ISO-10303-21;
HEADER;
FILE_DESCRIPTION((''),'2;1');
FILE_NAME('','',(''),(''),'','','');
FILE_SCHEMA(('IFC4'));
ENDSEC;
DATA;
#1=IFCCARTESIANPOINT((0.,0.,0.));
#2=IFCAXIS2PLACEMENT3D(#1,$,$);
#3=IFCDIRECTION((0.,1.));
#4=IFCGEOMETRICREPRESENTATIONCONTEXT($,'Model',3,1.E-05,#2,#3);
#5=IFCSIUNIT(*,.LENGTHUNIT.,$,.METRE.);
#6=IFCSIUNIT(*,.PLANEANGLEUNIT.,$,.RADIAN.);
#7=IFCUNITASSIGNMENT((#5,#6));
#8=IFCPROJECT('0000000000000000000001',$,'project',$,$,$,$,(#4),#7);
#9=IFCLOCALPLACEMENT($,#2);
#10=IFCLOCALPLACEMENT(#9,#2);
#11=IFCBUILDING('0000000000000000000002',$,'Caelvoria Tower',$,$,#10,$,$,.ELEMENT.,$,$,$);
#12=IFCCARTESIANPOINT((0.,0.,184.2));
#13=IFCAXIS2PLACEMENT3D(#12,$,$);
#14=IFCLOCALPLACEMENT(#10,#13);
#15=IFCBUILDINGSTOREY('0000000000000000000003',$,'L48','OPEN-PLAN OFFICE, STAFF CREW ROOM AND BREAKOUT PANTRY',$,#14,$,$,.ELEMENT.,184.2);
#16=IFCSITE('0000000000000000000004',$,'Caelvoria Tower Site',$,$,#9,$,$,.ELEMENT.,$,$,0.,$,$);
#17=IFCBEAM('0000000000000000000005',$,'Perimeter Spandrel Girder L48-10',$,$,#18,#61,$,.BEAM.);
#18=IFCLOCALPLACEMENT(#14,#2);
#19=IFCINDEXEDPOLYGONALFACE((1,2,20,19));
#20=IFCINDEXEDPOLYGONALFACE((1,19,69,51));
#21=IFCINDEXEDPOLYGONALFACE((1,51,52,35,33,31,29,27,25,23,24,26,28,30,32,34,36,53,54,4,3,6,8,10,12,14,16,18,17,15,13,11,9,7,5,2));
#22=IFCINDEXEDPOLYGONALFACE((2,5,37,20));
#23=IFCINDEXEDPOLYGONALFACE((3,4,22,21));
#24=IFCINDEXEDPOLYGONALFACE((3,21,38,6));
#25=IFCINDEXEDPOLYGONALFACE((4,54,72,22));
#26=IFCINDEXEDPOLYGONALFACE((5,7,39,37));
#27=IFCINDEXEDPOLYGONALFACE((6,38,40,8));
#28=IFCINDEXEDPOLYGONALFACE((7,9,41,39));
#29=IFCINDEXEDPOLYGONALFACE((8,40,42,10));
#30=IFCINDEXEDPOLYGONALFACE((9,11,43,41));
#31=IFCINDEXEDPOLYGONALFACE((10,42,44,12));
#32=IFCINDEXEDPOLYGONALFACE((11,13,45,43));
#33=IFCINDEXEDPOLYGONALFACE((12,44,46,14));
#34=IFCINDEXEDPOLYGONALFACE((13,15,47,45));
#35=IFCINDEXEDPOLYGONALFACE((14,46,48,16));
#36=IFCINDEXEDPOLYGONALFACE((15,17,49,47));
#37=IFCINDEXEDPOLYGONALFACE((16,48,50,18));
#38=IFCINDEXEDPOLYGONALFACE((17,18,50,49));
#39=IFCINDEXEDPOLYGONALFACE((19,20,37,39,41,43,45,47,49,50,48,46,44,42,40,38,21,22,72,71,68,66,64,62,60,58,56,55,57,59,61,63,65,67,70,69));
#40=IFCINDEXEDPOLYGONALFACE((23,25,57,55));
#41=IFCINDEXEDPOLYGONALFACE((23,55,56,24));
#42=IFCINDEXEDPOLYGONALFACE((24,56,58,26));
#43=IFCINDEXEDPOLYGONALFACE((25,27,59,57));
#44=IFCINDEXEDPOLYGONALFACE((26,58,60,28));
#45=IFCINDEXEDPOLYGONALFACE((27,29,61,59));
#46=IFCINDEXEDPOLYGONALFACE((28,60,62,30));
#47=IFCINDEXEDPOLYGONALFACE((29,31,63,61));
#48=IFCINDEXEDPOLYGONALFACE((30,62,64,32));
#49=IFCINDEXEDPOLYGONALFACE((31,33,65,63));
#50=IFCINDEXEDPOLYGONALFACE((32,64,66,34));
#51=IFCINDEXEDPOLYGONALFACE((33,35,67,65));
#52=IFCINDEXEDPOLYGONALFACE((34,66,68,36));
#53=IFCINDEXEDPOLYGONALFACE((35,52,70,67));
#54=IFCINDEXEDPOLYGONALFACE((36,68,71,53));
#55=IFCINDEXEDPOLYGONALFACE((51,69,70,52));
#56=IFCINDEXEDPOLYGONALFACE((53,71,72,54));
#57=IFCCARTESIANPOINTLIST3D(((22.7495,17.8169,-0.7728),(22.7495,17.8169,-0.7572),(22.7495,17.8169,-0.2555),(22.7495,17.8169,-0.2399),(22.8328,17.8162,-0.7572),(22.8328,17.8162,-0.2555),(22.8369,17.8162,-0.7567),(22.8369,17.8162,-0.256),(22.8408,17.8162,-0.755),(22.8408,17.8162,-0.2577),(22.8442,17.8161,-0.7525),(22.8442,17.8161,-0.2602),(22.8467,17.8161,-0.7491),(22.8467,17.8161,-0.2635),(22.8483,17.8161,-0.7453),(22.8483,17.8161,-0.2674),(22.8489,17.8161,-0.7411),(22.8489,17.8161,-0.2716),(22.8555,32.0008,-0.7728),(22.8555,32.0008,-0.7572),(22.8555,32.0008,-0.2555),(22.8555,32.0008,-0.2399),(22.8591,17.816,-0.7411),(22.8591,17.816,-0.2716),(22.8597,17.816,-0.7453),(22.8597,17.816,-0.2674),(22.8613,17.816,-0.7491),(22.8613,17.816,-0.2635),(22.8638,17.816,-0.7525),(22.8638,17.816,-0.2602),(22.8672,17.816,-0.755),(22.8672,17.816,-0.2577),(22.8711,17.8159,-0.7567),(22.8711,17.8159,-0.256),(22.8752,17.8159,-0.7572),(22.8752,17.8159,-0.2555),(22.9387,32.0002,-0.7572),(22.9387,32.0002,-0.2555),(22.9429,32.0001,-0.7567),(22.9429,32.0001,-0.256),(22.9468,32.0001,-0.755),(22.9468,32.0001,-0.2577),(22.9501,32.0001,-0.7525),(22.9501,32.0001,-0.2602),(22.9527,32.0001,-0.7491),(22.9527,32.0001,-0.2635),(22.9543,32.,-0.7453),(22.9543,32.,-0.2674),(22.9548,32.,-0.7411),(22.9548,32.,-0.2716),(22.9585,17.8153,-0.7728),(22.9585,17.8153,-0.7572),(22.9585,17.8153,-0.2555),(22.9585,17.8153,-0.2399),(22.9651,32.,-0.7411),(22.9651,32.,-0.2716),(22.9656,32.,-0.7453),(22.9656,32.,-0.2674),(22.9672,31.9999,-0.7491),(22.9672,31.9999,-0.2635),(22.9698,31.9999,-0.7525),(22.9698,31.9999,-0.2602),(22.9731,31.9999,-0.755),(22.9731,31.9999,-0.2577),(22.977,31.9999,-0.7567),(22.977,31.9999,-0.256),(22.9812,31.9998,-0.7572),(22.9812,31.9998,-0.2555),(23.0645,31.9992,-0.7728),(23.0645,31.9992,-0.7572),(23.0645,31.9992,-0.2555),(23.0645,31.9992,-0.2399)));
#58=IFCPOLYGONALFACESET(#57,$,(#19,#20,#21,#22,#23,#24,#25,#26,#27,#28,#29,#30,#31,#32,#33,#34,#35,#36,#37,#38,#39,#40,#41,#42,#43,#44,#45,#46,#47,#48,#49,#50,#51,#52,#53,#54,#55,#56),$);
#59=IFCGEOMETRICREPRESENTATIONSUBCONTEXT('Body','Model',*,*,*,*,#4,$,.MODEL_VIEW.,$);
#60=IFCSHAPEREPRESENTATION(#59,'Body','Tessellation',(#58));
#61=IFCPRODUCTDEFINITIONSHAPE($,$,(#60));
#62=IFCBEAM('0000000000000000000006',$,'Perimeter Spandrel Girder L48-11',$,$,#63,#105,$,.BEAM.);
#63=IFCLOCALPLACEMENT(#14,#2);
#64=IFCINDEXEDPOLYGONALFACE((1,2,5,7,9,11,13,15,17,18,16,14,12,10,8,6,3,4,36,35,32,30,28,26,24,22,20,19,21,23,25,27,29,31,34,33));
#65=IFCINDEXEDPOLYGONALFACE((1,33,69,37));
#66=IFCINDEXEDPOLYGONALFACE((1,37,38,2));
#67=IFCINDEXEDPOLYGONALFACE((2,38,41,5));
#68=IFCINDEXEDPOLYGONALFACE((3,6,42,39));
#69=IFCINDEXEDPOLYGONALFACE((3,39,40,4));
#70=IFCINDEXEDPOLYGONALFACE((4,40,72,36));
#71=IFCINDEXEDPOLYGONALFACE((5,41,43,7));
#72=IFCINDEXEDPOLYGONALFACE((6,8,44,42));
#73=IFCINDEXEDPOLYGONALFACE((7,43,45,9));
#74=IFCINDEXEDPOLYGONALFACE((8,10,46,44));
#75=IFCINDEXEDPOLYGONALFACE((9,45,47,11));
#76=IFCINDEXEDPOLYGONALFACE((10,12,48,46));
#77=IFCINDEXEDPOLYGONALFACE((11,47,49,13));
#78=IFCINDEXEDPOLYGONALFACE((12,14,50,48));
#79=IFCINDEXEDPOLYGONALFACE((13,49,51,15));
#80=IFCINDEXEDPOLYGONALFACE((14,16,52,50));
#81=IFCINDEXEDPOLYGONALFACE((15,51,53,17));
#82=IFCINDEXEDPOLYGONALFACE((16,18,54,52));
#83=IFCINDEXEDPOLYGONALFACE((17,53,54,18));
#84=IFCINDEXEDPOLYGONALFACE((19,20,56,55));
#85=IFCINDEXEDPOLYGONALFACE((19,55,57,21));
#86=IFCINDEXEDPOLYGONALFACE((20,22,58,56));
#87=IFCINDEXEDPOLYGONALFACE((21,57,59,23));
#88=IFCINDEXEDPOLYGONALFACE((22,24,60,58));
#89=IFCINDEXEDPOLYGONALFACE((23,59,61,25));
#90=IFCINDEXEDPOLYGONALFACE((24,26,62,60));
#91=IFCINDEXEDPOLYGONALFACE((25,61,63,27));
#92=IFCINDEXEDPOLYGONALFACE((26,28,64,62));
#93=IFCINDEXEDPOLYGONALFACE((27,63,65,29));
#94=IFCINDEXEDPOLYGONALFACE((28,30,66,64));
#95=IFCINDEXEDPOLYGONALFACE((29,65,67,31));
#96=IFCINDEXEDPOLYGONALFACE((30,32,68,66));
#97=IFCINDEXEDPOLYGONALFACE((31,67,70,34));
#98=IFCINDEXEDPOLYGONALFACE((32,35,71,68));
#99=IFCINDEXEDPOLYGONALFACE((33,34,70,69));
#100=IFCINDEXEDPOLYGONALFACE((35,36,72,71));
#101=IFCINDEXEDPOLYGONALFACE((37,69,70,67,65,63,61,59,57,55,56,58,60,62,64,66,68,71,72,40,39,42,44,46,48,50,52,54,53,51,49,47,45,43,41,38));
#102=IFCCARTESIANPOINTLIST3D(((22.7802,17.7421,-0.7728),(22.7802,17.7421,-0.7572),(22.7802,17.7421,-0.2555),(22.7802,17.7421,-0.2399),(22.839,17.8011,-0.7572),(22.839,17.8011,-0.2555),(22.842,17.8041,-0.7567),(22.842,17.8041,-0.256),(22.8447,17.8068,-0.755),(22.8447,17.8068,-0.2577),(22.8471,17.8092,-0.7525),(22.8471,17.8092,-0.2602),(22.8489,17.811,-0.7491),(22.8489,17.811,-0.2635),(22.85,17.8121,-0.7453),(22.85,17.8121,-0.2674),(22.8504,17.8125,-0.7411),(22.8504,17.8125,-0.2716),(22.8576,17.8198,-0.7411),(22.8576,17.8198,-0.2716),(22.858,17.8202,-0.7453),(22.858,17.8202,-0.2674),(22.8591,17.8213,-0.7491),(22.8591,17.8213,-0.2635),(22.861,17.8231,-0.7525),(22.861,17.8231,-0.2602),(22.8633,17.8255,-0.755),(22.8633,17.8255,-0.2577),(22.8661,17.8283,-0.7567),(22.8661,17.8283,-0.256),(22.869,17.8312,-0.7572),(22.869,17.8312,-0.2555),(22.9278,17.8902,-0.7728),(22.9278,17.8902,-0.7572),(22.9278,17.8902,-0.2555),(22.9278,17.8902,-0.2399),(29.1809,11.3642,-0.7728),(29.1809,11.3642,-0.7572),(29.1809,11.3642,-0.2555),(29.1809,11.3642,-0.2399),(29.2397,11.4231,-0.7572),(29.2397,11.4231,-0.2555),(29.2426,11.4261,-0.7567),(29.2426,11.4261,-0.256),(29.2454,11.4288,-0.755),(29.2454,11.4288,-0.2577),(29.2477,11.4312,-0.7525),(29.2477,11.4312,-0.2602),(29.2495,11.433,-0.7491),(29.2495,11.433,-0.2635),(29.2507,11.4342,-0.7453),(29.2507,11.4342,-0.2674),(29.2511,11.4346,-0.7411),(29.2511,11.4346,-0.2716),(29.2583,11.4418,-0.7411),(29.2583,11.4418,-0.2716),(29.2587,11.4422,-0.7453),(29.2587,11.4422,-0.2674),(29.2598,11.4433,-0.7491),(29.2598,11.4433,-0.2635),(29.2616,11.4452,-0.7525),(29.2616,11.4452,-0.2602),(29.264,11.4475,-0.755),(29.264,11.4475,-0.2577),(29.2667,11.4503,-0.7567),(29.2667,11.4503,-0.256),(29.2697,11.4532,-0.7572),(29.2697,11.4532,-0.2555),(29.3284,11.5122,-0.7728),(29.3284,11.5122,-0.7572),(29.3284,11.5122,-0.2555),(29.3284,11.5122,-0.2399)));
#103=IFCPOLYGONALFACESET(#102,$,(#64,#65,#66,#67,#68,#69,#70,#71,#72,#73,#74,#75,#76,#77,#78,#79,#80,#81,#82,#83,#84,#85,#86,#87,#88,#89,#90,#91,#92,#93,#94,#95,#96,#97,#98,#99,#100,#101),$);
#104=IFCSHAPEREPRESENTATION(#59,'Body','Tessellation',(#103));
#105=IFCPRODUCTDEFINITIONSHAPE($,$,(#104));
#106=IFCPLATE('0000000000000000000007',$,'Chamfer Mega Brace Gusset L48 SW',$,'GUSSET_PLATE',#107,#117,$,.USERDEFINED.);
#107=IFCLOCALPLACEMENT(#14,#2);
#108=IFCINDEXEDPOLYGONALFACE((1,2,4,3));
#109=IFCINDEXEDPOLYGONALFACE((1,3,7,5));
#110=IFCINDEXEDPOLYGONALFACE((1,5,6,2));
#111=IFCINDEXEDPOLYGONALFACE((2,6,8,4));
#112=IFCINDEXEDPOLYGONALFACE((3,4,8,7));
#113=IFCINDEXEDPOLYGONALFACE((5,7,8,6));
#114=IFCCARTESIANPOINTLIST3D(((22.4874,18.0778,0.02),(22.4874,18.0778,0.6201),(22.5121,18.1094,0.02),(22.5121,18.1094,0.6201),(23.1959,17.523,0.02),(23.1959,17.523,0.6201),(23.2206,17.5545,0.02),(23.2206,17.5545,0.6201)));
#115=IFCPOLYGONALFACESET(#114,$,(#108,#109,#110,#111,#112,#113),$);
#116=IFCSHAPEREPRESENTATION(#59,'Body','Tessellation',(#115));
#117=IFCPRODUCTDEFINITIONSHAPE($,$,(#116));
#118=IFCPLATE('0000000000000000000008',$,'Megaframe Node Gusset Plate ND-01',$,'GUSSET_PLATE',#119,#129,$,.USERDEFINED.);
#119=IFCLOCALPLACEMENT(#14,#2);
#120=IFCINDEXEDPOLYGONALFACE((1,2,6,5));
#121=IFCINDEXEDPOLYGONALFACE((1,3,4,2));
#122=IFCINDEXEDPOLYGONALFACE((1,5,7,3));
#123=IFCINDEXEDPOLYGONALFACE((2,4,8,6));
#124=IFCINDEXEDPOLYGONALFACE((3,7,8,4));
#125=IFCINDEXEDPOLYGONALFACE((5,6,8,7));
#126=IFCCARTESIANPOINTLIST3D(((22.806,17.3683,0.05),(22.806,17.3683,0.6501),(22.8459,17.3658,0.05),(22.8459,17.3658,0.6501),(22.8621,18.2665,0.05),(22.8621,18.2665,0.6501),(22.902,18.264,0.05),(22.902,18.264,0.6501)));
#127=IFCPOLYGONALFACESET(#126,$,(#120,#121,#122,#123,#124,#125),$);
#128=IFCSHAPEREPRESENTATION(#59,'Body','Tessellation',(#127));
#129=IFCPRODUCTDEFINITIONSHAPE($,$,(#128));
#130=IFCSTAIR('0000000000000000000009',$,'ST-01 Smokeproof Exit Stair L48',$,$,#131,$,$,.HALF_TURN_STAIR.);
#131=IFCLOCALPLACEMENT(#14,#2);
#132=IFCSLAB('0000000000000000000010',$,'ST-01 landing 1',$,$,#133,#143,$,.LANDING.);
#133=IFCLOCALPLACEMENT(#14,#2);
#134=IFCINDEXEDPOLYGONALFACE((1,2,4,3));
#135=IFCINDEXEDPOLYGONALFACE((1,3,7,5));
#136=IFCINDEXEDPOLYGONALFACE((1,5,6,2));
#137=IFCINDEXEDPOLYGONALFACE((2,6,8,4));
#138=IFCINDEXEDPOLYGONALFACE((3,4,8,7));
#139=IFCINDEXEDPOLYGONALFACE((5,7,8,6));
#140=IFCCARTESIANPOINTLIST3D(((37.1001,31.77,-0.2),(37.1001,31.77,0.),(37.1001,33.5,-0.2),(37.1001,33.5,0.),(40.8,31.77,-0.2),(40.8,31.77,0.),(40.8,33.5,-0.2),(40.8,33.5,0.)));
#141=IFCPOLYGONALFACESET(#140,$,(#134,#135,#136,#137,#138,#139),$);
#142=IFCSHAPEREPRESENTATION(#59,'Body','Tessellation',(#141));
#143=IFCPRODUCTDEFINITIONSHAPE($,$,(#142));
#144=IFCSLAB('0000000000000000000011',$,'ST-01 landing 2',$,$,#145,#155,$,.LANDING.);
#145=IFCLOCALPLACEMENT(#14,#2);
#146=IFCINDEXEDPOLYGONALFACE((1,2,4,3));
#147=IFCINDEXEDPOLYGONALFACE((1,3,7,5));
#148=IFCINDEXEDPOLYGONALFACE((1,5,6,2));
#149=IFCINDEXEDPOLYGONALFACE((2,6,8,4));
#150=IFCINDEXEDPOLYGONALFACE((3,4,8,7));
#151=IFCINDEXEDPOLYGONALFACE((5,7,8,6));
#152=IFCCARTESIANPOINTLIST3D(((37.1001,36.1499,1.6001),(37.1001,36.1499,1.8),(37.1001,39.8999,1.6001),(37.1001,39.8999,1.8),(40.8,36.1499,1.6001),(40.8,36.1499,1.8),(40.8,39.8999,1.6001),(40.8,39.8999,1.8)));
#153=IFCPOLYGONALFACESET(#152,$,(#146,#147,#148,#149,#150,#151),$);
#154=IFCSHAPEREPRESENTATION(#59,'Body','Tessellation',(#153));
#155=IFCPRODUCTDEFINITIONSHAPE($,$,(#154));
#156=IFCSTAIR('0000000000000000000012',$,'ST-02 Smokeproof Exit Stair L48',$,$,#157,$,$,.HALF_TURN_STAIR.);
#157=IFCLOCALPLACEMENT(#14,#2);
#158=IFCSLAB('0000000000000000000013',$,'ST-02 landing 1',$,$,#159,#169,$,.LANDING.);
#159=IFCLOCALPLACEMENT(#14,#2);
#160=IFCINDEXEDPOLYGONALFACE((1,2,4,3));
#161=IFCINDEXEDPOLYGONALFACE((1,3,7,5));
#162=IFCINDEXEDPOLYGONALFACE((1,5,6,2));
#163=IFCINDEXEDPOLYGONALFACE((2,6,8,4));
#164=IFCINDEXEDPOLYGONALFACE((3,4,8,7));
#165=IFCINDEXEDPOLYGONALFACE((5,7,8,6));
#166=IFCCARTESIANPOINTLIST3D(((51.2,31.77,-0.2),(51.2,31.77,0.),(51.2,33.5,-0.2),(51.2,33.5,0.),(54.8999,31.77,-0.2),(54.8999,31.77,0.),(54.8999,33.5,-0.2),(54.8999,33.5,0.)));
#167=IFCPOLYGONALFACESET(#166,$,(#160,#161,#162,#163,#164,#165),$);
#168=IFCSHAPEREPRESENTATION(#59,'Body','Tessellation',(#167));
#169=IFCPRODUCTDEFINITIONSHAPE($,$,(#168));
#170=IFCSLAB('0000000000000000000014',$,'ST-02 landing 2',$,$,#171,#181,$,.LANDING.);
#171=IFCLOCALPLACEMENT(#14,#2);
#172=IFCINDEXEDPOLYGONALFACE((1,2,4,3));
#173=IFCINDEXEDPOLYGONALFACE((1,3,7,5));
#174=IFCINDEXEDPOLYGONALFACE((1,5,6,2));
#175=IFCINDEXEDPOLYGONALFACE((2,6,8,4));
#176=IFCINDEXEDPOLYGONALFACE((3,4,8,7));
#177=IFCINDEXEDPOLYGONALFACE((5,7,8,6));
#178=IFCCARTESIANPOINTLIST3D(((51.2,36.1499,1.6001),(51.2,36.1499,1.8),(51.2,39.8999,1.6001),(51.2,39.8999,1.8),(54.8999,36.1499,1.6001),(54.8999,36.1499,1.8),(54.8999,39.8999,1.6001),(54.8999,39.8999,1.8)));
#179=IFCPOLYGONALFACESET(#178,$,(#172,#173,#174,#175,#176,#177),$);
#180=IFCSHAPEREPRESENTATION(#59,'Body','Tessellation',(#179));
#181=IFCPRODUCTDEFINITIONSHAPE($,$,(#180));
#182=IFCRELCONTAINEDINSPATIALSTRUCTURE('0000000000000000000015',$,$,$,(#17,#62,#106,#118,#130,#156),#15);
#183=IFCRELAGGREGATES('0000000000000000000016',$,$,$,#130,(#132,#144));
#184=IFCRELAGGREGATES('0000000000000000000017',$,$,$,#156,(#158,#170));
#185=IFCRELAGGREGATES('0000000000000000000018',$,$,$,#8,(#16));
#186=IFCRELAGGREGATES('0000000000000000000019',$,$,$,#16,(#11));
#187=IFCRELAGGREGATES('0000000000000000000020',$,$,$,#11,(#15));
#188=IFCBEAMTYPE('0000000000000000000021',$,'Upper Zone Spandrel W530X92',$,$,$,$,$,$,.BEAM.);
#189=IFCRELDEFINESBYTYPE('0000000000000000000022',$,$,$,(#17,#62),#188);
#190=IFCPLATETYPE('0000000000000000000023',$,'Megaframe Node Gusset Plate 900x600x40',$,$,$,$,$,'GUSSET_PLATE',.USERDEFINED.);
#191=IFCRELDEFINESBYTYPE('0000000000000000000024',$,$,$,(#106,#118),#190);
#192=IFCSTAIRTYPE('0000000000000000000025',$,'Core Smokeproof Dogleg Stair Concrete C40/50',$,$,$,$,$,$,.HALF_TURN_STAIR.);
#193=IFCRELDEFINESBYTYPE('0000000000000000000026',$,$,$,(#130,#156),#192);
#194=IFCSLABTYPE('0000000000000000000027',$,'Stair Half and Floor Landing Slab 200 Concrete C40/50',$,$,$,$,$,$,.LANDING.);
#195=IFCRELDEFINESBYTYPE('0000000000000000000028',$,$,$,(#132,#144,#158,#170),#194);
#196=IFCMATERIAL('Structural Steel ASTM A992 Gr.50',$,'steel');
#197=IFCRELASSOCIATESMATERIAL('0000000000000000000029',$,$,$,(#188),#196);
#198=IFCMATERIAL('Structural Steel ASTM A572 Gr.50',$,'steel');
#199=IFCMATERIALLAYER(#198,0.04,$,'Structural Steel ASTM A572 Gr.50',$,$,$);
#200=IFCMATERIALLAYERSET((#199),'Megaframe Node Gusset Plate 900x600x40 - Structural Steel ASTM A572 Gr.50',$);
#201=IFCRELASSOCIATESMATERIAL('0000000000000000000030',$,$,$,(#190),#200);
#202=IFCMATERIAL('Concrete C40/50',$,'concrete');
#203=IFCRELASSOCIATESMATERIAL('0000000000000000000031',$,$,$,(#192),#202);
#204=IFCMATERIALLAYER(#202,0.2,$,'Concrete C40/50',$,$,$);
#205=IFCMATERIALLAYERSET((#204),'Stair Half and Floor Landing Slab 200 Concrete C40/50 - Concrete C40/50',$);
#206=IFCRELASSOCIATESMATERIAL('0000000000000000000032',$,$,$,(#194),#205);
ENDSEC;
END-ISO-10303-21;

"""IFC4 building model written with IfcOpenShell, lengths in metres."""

from ifc_helpers import new_model, si_unit, direction, frame, origin, origin_2d, place, context, subcontext, project, spatial, polyline, rectangle, i_section, outline, extrude, material, layer, layer_set, material_profile, profile_set, type_object, element, aggregate, save


model = new_model("IFC4")

# Units and contexts
model_context = context("Model", 3, precision=1e-05, world=origin(), true_north=direction((0.0, 1.0)))
body_context = subcontext(model_context, "Body", "Model", "MODEL_VIEW")
ifc_project = project(units=[si_unit("LENGTHUNIT", "METRE"), si_unit("PLANEANGLEUNIT", "RADIAN")], contexts=[model_context])

# Site, building, storey
site_placement = place(None, origin())
site = spatial("IfcSite", under=ifc_project, at=site_placement, Name="Caelvoria Tower Site", CompositionType="ELEMENT", RefElevation=0.0)
building_placement = place(site_placement, origin())
building = spatial("IfcBuilding", under=site, at=building_placement, Name="Caelvoria Tower", CompositionType="ELEMENT")
storey_placement = place(building_placement, frame((0.0, 0.0, 184.2)))
storey = spatial("IfcBuildingStorey", under=building, at=storey_placement, Name="L48", Description="OPEN-PLAN OFFICE, STAFF CREW ROOM AND BREAKOUT PANTRY", CompositionType="ELEMENT", Elevation=184.2)

# Shared definitions
ifc_material_1 = material(Name="Structural Steel ASTM A572 Gr.50", Category="steel")
ifc_material_2 = material(Name="Structural Steel ASTM A992 Gr.50", Category="steel")

# Beams
ifc_material_profile_1 = material_profile(ifc_material_2, i_section(OverallWidth=0.209, OverallDepth=0.533, WebThickness=0.0103, FlangeThickness=0.0156, FilletRadius=0.0161, at=origin_2d()), Name="Structural Steel ASTM A992 Gr.50")
ifc_profile_set_1 = profile_set([ifc_material_profile_1], Name="W530X92 - Structural Steel ASTM A992 Gr.50")
beam_type = type_object("IfcBeamType", Name="Upper Zone Spandrel W530X92", PredefinedType="BEAM", material=ifc_profile_set_1)
beam_1_placement = place(storey_placement, frame((22.96, 32.0, -0.5063), z_axis=(-0.00747, -0.999972, 0.0), x_axis=(0.999972, -0.00747, 0.0)))
element("IfcBeam", 1, at=beam_1_placement, inside=storey, type_object=beam_type, Name="Perimeter Spandrel Girder L48-10", PredefinedType="BEAM", context=body_context, shape_type="SweptSolid", body=[
    extrude(i_section(OverallWidth=0.209, OverallDepth=0.533, WebThickness=0.0103, FlangeThickness=0.0156, FilletRadius=0.0161, at=origin_2d()), origin(), (0.0, 0.0, 1.0), 14.1843),
])
beam_2_placement = place(storey_placement, frame((22.854, 17.8162, -0.5063), z_axis=(0.708362, -0.705849, 0.0), x_axis=(0.705849, 0.708362, 0.0)))
element("IfcBeam", 2, at=beam_2_placement, inside=storey, type_object=beam_type, Name="Perimeter Spandrel Girder L48-11", PredefinedType="BEAM", context=body_context, shape_type="SweptSolid", body=[
    extrude(i_section(OverallWidth=0.209, OverallDepth=0.533, WebThickness=0.0103, FlangeThickness=0.0156, FilletRadius=0.0161, at=origin_2d()), origin(), (0.0, 0.0, 1.0), 9.0359),
])

# Plates
ifc_layer_1 = layer(ifc_material_1, 0.04, Name="Structural Steel ASTM A572 Gr.50")
ifc_layer_set_1 = layer_set([ifc_layer_1], Name="Megaframe Node Gusset Plate 900x600x40 - Structural Steel ASTM A572 Gr.50")
plate_type = type_object("IfcPlateType", Name="Megaframe Node Gusset Plate 900x600x40", ElementType="GUSSET_PLATE", PredefinedType="USERDEFINED", material=ifc_layer_set_1)
for number, where, z_axis, x_axis, name in (
    (3, (22.854, 17.8162, 0.02), (0.0, 0.0, 1.0), (0.787285, -0.616589, 0.0), "Chamfer Mega Brace Gusset L48 SW"),
    (4, (22.854, 17.8162, 0.05), (0.0, 0.0, 1.0), (0.062352, 0.998054, 0.0), "Megaframe Node Gusset Plate ND-01"),
):
    element("IfcPlate", number, at=place(storey_placement, frame(where, z_axis=z_axis, x_axis=x_axis)), inside=storey, type_object=plate_type, Name=name, ObjectType="GUSSET_PLATE", PredefinedType="USERDEFINED", context=body_context, shape_type="SweptSolid", body=[
        extrude(rectangle(XDim=0.8999, YDim=0.04, at=origin_2d()), origin(), (0.0, 0.0, 1.0), 0.6001),
    ])

# Stairs, slabs
ifc_material_3 = material(Name="Concrete C40/50", Category="concrete")
stair_type = type_object("IfcStairType", Name="Core Smokeproof Dogleg Stair Concrete C40/50", PredefinedType="HALF_TURN_STAIR", material=ifc_material_3)
stair_1_placement = place(storey_placement, origin())
stair_1 = element("IfcStair", 5, at=stair_1_placement, inside=storey, type_object=stair_type, Name="ST-01 Smokeproof Exit Stair L48", PredefinedType="HALF_TURN_STAIR")
ifc_layer_2 = layer(ifc_material_3, 0.2, Name="Concrete C40/50")
ifc_layer_set_2 = layer_set([ifc_layer_2], Name="Stair Half and Floor Landing Slab 200 Concrete C40/50 - Concrete C40/50")
slab_type_1 = type_object("IfcSlabType", Name="Stair Half and Floor Landing Slab 200 Concrete C40/50", PredefinedType="LANDING", material=ifc_layer_set_2)
slab_1_placement = place(storey_placement, frame((0.0, 0.0, -0.2)))
slab_1 = element("IfcSlab", 6, at=slab_1_placement, type_object=slab_type_1, Name="ST-01 landing 1", PredefinedType="LANDING", context=body_context, shape_type="SweptSolid", body=[
    extrude(outline(polyline([(37.1001, 31.77), (40.8, 31.77), (40.8, 33.5), (37.1001, 33.5), (37.1001, 31.77)])), origin(), (0.0, 0.0, 1.0), 0.2),
])
slab_2_placement = place(storey_placement, frame((0.0, 0.0, 1.6001)))
slab_2 = element("IfcSlab", 7, at=slab_2_placement, type_object=slab_type_1, Name="ST-01 landing 2", PredefinedType="LANDING", context=body_context, shape_type="SweptSolid", body=[
    extrude(outline(polyline([(37.1001, 36.1499), (40.8, 36.1499), (40.8, 39.8999), (37.1001, 39.8999), (37.1001, 36.1499)])), origin(), (0.0, 0.0, 1.0), 0.2),
])
aggregate(stair_1, [slab_1, slab_2])
stair_2_placement = place(storey_placement, origin())
stair_2 = element("IfcStair", 8, at=stair_2_placement, inside=storey, type_object=stair_type, Name="ST-02 Smokeproof Exit Stair L48", PredefinedType="HALF_TURN_STAIR")
slab_3_placement = place(storey_placement, frame((0.0, 0.0, -0.2)))
slab_3 = element("IfcSlab", 9, at=slab_3_placement, type_object=slab_type_1, Name="ST-02 landing 1", PredefinedType="LANDING", context=body_context, shape_type="SweptSolid", body=[
    extrude(outline(polyline([(51.2, 31.77), (54.8999, 31.77), (54.8999, 33.5), (51.2, 33.5), (51.2, 31.77)])), origin(), (0.0, 0.0, 1.0), 0.2),
])
slab_4_placement = place(storey_placement, frame((0.0, 0.0, 1.6001)))
slab_4 = element("IfcSlab", 10, at=slab_4_placement, type_object=slab_type_1, Name="ST-02 landing 2", PredefinedType="LANDING", context=body_context, shape_type="SweptSolid", body=[
    extrude(outline(polyline([(51.2, 36.1499), (54.8999, 36.1499), (54.8999, 39.8999), (51.2, 39.8999), (51.2, 36.1499)])), origin(), (0.0, 0.0, 1.0), 0.2),
])
aggregate(stair_2, [slab_3, slab_4])

save(model, "model.ifc")
